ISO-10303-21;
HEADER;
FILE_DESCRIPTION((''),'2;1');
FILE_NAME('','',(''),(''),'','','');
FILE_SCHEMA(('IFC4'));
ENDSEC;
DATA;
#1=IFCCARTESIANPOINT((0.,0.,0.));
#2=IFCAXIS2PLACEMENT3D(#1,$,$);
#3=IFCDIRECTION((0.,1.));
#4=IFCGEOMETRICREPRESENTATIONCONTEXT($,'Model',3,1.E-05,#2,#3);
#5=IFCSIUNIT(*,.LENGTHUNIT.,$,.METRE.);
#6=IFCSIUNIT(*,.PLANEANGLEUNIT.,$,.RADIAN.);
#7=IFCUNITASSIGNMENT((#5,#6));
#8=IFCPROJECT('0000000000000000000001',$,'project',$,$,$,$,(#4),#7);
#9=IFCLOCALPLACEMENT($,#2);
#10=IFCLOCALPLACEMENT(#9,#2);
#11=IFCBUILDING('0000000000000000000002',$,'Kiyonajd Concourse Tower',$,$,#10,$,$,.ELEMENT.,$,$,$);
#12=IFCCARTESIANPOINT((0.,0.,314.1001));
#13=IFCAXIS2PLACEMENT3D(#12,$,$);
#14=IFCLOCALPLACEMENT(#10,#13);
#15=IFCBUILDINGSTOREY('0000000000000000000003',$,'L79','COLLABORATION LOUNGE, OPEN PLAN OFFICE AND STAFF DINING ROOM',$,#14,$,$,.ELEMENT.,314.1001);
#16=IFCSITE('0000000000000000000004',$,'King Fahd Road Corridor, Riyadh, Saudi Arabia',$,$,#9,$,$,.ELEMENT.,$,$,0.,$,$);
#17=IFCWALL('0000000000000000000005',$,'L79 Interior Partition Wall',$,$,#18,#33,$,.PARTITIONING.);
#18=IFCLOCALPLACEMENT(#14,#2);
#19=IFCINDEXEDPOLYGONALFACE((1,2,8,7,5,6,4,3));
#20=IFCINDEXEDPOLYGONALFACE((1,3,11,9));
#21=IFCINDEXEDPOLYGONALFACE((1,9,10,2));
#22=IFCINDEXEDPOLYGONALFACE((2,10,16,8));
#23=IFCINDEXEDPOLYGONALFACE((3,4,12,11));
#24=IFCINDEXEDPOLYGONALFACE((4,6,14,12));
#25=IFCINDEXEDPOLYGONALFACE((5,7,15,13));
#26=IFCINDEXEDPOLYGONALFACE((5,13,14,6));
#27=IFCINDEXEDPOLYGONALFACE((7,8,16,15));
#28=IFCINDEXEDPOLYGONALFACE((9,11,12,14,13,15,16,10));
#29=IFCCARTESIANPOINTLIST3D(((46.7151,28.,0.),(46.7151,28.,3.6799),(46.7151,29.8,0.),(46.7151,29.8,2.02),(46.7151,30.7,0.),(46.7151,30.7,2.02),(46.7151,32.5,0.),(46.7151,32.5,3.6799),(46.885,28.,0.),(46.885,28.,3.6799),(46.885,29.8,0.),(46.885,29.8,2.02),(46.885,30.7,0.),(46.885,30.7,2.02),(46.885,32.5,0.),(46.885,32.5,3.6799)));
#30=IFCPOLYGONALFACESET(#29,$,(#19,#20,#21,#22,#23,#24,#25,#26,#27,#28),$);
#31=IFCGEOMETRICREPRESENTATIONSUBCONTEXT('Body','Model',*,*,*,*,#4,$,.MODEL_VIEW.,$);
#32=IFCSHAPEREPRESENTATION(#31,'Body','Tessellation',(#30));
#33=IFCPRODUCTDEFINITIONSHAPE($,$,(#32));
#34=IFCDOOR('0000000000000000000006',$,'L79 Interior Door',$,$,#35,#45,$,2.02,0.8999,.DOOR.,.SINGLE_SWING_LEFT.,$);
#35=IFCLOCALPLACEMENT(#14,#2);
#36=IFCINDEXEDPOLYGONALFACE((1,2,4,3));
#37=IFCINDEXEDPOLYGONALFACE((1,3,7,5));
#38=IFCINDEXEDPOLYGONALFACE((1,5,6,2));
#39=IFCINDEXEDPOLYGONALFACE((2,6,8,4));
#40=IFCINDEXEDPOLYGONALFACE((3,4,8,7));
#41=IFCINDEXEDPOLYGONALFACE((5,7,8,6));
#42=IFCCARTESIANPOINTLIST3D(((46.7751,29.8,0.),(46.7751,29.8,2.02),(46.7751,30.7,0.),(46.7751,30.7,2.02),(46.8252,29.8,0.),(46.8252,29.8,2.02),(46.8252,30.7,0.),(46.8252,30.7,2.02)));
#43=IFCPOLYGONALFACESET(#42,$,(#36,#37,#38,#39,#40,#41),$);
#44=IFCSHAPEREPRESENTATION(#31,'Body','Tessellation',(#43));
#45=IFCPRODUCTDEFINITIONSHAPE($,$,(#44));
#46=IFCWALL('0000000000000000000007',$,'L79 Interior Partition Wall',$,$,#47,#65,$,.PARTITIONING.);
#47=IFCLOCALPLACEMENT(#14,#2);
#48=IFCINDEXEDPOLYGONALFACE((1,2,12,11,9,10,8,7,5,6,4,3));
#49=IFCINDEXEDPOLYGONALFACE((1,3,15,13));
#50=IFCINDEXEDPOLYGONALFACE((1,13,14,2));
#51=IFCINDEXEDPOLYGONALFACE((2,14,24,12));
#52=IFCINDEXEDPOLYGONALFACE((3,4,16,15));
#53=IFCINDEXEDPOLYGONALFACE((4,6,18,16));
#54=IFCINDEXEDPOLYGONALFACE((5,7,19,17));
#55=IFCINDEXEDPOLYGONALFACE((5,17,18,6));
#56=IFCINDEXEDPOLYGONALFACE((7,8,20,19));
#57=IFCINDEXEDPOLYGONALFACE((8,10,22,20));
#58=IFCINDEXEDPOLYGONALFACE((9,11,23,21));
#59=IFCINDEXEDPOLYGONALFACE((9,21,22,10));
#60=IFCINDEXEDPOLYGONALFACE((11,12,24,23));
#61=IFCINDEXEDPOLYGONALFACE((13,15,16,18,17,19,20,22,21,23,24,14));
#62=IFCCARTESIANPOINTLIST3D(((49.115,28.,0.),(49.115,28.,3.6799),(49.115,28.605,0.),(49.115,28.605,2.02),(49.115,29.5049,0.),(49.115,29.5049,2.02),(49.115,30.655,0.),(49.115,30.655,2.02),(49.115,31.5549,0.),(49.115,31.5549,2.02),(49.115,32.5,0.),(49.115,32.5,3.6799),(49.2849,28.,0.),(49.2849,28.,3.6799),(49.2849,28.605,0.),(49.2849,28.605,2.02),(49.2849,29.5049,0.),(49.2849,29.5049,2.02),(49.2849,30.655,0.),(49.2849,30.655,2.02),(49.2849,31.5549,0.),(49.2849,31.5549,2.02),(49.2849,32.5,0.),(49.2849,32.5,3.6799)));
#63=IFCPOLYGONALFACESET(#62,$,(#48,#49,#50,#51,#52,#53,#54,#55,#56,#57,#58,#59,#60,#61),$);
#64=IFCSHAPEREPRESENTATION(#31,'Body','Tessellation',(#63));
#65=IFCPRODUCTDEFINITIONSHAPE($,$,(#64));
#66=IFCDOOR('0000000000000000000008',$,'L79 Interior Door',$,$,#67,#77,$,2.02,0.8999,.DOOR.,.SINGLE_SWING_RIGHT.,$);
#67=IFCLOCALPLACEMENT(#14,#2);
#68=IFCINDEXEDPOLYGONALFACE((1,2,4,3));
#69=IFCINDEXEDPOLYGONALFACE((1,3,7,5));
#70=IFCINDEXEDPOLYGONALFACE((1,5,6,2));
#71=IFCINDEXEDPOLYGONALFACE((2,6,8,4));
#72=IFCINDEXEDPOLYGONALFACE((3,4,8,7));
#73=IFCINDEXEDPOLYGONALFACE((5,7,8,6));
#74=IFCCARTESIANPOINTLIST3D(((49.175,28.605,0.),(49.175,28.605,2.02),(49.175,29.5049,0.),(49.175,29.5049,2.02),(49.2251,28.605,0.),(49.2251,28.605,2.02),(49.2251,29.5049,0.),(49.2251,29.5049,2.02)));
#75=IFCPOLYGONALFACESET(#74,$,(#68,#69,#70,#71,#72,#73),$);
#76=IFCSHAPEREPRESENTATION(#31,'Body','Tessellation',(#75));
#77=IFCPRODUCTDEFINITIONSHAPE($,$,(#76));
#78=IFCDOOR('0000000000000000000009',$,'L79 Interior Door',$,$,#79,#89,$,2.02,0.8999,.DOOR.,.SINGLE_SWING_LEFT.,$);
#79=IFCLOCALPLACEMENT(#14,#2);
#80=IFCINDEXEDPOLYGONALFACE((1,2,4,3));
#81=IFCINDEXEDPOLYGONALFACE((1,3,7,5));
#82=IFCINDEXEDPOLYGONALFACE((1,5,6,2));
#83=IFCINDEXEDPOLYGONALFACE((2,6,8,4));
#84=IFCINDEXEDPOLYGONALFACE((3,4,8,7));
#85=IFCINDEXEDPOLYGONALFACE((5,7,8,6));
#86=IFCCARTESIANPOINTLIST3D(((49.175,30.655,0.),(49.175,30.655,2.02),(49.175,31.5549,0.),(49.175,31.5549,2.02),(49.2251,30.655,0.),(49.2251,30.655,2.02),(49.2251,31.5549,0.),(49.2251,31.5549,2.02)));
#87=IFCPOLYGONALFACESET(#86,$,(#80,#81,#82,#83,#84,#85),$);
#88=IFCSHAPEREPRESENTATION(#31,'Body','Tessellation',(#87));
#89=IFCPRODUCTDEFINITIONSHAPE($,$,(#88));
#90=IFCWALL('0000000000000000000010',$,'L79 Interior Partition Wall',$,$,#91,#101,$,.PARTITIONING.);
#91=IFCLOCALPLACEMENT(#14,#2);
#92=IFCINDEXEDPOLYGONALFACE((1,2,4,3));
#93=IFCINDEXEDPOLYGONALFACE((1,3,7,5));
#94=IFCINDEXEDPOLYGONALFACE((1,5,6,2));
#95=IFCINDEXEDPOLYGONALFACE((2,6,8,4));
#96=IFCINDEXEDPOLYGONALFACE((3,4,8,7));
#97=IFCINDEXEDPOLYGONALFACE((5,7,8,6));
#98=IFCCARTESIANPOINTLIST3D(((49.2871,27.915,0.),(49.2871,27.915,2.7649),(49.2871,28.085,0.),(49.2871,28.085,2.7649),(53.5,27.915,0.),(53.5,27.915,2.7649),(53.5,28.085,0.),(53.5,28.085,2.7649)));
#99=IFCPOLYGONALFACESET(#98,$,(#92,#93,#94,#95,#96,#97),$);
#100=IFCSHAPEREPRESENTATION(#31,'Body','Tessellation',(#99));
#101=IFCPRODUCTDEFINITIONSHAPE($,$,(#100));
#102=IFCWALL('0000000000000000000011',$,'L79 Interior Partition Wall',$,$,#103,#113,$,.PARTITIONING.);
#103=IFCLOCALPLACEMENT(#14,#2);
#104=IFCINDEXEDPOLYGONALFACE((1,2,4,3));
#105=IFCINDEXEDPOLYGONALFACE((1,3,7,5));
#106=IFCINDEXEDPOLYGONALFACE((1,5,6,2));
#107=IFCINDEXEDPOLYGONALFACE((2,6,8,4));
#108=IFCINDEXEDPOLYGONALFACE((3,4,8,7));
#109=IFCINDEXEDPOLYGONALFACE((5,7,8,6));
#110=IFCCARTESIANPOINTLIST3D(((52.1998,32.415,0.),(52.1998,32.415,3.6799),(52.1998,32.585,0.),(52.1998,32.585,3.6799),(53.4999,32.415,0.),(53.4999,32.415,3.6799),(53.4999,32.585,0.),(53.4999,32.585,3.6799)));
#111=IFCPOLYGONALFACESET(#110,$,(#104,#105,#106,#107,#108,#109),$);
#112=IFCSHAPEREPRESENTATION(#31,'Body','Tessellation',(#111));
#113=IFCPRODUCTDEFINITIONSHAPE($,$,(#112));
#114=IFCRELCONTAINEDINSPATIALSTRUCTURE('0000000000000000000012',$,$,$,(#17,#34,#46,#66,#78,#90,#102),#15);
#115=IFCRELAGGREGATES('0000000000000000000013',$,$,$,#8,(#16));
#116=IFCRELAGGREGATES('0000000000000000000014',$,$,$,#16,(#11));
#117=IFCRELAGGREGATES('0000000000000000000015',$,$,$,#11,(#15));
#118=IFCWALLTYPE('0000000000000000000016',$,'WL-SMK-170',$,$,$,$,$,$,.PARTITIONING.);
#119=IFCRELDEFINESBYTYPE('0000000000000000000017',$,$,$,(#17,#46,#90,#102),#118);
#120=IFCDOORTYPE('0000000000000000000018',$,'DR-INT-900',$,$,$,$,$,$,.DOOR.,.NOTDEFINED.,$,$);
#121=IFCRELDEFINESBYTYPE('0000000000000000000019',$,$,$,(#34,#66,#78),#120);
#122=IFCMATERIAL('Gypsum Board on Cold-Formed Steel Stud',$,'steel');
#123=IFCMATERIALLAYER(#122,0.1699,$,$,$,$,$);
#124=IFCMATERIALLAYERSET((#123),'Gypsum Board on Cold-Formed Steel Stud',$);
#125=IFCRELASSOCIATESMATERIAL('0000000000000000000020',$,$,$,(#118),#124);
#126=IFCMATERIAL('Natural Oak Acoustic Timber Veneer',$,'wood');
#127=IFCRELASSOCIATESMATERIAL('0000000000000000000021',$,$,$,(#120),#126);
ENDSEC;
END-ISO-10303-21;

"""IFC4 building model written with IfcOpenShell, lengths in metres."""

from ifc_helpers import new_model, si_unit, direction, frame, frame_2d, origin, place, context, subcontext, project, spatial, rectangle, extrude, material, layer, layer_set, type_object, element, fill, save


model = new_model("IFC4")

# Units and contexts
model_context = context("Model", 3, precision=1e-05, world=origin(), true_north=direction((0.0, 1.0)))
body_context = subcontext(model_context, "Body", "Model", "MODEL_VIEW")
ifc_project = project(units=[si_unit("LENGTHUNIT", "METRE"), si_unit("PLANEANGLEUNIT", "RADIAN")], contexts=[model_context])

# Site, building, storey
site_placement = place(None, origin())
site = spatial("IfcSite", under=ifc_project, at=site_placement, Name="King Fahd Road Corridor, Riyadh, Saudi Arabia", CompositionType="ELEMENT", RefElevation=0.0)
building_placement = place(site_placement, origin())
building = spatial("IfcBuilding", under=site, at=building_placement, Name="Kiyonajd Concourse Tower", CompositionType="ELEMENT")
storey_placement = place(building_placement, frame((0.0, 0.0, 314.1001)))
storey = spatial("IfcBuildingStorey", under=building, at=storey_placement, Name="L79", Description="COLLABORATION LOUNGE, OPEN PLAN OFFICE AND STAFF DINING ROOM", CompositionType="ELEMENT", Elevation=314.1001)

# Shared definitions
ifc_material_1 = material(Name="Gypsum Board on Cold-Formed Steel Stud", Category="steel")

# Shared definitions
ifc_layer_1 = layer(ifc_material_1, 0.1699)
ifc_layer_set_1 = layer_set([ifc_layer_1], Name="Gypsum Board on Cold-Formed Steel Stud")
wall_type_1 = type_object("IfcWallType", Name="WL-SMK-170", PredefinedType="PARTITIONING", material=ifc_layer_set_1)
ifc_material_2 = material(Name="Natural Oak Acoustic Timber Veneer", Category="wood")
door_type_1 = type_object("IfcDoorType", Name="DR-INT-900", OperationType="NOTDEFINED", PredefinedType="DOOR", material=ifc_material_2)

# Wall, opening, door
wall_1_placement = place(storey_placement, frame((46.8, 28.0, 0.0), z_axis=(0.0, 0.0, 1.0), x_axis=(0.0, 1.0, 0.0)))
wall_1 = element("IfcWall", 1, at=wall_1_placement, inside=storey, type_object=wall_type_1, Name="L79 Interior Partition Wall", PredefinedType="PARTITIONING", context=body_context, shape_type="SweptSolid", body=[
    extrude(rectangle(XDim=4.5, YDim=0.1699, at=frame_2d((2.25, 0.0))), origin(), (0.0, 0.0, 1.0), 3.6799),
])
opening_1_placement = place(wall_1_placement, frame((1.8, 0.0, 0.0)))
opening_1 = element("IfcOpeningElement", 2, at=opening_1_placement, cuts=wall_1, PredefinedType="OPENING", context=body_context, shape_type="SweptSolid", body=[
    extrude(rectangle(XDim=0.8999, YDim=2.02, at=frame_2d((0.45, 1.01))), frame((0.0, 0.095, 0.0), z_axis=(0.0, -1.0, 0.0), x_axis=(1.0, 0.0, 0.0)), (0.0, 0.0, 1.0), 0.1899),
])
door_1_placement = place(opening_1_placement, origin())
door_1 = element("IfcDoor", 3, at=door_1_placement, inside=storey, type_object=door_type_1, Name="L79 Interior Door", OperationType="SINGLE_SWING_LEFT", OverallHeight=2.02, OverallWidth=0.8999, PredefinedType="DOOR", context=body_context, shape_type="SweptSolid", body=[
    extrude(rectangle(XDim=0.8999, YDim=2.02, at=frame_2d((0.45, 1.01))), frame((0.0, 0.0249, 0.0), z_axis=(0.0, -1.0, 0.0), x_axis=(1.0, 0.0, 0.0)), (0.0, 0.0, 1.0), 0.05),
])
fill(opening_1, door_1)

# Wall, openings, doors
wall_2_placement = place(storey_placement, frame((49.2, 28.0, 0.0), z_axis=(0.0, 0.0, 1.0), x_axis=(0.0, 1.0, 0.0)))
wall_2 = element("IfcWall", 4, at=wall_2_placement, inside=storey, type_object=wall_type_1, Name="L79 Interior Partition Wall", PredefinedType="PARTITIONING", context=body_context, shape_type="SweptSolid", body=[
    extrude(rectangle(XDim=4.5, YDim=0.1699, at=frame_2d((2.25, 0.0))), origin(), (0.0, 0.0, 1.0), 3.6799),
])
opening_2_placement = place(wall_2_placement, frame((0.605, 0.0, 0.0)))
opening_2 = element("IfcOpeningElement", 5, at=opening_2_placement, cuts=wall_2, PredefinedType="OPENING", context=body_context, shape_type="SweptSolid", body=[
    extrude(rectangle(XDim=0.8999, YDim=2.02, at=frame_2d((0.45, 1.01))), frame((0.0, 0.095, 0.0), z_axis=(0.0, -1.0, 0.0), x_axis=(1.0, 0.0, 0.0)), (0.0, 0.0, 1.0), 0.1899),
])
opening_3_placement = place(wall_2_placement, frame((2.655, 0.0, 0.0)))
opening_3 = element("IfcOpeningElement", 6, at=opening_3_placement, cuts=wall_2, PredefinedType="OPENING", context=body_context, shape_type="SweptSolid", body=[
    extrude(rectangle(XDim=0.8999, YDim=2.02, at=frame_2d((0.45, 1.01))), frame((0.0, 0.095, 0.0), z_axis=(0.0, -1.0, 0.0), x_axis=(1.0, 0.0, 0.0)), (0.0, 0.0, 1.0), 0.1899),
])
door_2_placement = place(opening_2_placement, origin())
door_2 = element("IfcDoor", 7, at=door_2_placement, inside=storey, type_object=door_type_1, Name="L79 Interior Door", OperationType="SINGLE_SWING_RIGHT", OverallHeight=2.02, OverallWidth=0.8999, PredefinedType="DOOR", context=body_context, shape_type="SweptSolid", body=[
    extrude(rectangle(XDim=0.8999, YDim=2.02, at=frame_2d((0.45, 1.01))), frame((0.0, 0.0249, 0.0), z_axis=(0.0, -1.0, 0.0), x_axis=(1.0, 0.0, 0.0)), (0.0, 0.0, 1.0), 0.05),
])
fill(opening_2, door_2)
door_3_placement = place(opening_3_placement, origin())
door_3 = element("IfcDoor", 8, at=door_3_placement, inside=storey, type_object=door_type_1, Name="L79 Interior Door", OperationType="SINGLE_SWING_LEFT", OverallHeight=2.02, OverallWidth=0.8999, PredefinedType="DOOR", context=body_context, shape_type="SweptSolid", body=[
    extrude(rectangle(XDim=0.8999, YDim=2.02, at=frame_2d((0.45, 1.01))), frame((0.0, 0.0249, 0.0), z_axis=(0.0, -1.0, 0.0), x_axis=(1.0, 0.0, 0.0)), (0.0, 0.0, 1.0), 0.05),
])
fill(opening_3, door_3)

# Walls
wall_3_placement = place(storey_placement, frame((49.2871, 28.0, 0.0), z_axis=(0.0, 0.0, 1.0), x_axis=(1.0, 0.0, 0.0)))
element("IfcWall", 9, at=wall_3_placement, inside=storey, type_object=wall_type_1, Name="L79 Interior Partition Wall", PredefinedType="PARTITIONING", context=body_context, shape_type="SweptSolid", body=[
    extrude(rectangle(XDim=4.2129, YDim=0.1699, at=frame_2d((2.1064, 0.0))), origin(), (0.0, 0.0, 1.0), 2.7649),
])
wall_4_placement = place(storey_placement, frame((52.2, 32.5, 0.0), z_axis=(0.0, 0.0, 1.0), x_axis=(1.0, 0.0, 0.0)))
element("IfcWall", 10, at=wall_4_placement, inside=storey, type_object=wall_type_1, Name="L79 Interior Partition Wall", PredefinedType="PARTITIONING", context=body_context, shape_type="SweptSolid", body=[
    extrude(rectangle(XDim=1.3, YDim=0.1699, at=frame_2d((0.6499, 0.0))), origin(), (0.0, 0.0, 1.0), 3.6799),
])

save(model, "model.ifc")
